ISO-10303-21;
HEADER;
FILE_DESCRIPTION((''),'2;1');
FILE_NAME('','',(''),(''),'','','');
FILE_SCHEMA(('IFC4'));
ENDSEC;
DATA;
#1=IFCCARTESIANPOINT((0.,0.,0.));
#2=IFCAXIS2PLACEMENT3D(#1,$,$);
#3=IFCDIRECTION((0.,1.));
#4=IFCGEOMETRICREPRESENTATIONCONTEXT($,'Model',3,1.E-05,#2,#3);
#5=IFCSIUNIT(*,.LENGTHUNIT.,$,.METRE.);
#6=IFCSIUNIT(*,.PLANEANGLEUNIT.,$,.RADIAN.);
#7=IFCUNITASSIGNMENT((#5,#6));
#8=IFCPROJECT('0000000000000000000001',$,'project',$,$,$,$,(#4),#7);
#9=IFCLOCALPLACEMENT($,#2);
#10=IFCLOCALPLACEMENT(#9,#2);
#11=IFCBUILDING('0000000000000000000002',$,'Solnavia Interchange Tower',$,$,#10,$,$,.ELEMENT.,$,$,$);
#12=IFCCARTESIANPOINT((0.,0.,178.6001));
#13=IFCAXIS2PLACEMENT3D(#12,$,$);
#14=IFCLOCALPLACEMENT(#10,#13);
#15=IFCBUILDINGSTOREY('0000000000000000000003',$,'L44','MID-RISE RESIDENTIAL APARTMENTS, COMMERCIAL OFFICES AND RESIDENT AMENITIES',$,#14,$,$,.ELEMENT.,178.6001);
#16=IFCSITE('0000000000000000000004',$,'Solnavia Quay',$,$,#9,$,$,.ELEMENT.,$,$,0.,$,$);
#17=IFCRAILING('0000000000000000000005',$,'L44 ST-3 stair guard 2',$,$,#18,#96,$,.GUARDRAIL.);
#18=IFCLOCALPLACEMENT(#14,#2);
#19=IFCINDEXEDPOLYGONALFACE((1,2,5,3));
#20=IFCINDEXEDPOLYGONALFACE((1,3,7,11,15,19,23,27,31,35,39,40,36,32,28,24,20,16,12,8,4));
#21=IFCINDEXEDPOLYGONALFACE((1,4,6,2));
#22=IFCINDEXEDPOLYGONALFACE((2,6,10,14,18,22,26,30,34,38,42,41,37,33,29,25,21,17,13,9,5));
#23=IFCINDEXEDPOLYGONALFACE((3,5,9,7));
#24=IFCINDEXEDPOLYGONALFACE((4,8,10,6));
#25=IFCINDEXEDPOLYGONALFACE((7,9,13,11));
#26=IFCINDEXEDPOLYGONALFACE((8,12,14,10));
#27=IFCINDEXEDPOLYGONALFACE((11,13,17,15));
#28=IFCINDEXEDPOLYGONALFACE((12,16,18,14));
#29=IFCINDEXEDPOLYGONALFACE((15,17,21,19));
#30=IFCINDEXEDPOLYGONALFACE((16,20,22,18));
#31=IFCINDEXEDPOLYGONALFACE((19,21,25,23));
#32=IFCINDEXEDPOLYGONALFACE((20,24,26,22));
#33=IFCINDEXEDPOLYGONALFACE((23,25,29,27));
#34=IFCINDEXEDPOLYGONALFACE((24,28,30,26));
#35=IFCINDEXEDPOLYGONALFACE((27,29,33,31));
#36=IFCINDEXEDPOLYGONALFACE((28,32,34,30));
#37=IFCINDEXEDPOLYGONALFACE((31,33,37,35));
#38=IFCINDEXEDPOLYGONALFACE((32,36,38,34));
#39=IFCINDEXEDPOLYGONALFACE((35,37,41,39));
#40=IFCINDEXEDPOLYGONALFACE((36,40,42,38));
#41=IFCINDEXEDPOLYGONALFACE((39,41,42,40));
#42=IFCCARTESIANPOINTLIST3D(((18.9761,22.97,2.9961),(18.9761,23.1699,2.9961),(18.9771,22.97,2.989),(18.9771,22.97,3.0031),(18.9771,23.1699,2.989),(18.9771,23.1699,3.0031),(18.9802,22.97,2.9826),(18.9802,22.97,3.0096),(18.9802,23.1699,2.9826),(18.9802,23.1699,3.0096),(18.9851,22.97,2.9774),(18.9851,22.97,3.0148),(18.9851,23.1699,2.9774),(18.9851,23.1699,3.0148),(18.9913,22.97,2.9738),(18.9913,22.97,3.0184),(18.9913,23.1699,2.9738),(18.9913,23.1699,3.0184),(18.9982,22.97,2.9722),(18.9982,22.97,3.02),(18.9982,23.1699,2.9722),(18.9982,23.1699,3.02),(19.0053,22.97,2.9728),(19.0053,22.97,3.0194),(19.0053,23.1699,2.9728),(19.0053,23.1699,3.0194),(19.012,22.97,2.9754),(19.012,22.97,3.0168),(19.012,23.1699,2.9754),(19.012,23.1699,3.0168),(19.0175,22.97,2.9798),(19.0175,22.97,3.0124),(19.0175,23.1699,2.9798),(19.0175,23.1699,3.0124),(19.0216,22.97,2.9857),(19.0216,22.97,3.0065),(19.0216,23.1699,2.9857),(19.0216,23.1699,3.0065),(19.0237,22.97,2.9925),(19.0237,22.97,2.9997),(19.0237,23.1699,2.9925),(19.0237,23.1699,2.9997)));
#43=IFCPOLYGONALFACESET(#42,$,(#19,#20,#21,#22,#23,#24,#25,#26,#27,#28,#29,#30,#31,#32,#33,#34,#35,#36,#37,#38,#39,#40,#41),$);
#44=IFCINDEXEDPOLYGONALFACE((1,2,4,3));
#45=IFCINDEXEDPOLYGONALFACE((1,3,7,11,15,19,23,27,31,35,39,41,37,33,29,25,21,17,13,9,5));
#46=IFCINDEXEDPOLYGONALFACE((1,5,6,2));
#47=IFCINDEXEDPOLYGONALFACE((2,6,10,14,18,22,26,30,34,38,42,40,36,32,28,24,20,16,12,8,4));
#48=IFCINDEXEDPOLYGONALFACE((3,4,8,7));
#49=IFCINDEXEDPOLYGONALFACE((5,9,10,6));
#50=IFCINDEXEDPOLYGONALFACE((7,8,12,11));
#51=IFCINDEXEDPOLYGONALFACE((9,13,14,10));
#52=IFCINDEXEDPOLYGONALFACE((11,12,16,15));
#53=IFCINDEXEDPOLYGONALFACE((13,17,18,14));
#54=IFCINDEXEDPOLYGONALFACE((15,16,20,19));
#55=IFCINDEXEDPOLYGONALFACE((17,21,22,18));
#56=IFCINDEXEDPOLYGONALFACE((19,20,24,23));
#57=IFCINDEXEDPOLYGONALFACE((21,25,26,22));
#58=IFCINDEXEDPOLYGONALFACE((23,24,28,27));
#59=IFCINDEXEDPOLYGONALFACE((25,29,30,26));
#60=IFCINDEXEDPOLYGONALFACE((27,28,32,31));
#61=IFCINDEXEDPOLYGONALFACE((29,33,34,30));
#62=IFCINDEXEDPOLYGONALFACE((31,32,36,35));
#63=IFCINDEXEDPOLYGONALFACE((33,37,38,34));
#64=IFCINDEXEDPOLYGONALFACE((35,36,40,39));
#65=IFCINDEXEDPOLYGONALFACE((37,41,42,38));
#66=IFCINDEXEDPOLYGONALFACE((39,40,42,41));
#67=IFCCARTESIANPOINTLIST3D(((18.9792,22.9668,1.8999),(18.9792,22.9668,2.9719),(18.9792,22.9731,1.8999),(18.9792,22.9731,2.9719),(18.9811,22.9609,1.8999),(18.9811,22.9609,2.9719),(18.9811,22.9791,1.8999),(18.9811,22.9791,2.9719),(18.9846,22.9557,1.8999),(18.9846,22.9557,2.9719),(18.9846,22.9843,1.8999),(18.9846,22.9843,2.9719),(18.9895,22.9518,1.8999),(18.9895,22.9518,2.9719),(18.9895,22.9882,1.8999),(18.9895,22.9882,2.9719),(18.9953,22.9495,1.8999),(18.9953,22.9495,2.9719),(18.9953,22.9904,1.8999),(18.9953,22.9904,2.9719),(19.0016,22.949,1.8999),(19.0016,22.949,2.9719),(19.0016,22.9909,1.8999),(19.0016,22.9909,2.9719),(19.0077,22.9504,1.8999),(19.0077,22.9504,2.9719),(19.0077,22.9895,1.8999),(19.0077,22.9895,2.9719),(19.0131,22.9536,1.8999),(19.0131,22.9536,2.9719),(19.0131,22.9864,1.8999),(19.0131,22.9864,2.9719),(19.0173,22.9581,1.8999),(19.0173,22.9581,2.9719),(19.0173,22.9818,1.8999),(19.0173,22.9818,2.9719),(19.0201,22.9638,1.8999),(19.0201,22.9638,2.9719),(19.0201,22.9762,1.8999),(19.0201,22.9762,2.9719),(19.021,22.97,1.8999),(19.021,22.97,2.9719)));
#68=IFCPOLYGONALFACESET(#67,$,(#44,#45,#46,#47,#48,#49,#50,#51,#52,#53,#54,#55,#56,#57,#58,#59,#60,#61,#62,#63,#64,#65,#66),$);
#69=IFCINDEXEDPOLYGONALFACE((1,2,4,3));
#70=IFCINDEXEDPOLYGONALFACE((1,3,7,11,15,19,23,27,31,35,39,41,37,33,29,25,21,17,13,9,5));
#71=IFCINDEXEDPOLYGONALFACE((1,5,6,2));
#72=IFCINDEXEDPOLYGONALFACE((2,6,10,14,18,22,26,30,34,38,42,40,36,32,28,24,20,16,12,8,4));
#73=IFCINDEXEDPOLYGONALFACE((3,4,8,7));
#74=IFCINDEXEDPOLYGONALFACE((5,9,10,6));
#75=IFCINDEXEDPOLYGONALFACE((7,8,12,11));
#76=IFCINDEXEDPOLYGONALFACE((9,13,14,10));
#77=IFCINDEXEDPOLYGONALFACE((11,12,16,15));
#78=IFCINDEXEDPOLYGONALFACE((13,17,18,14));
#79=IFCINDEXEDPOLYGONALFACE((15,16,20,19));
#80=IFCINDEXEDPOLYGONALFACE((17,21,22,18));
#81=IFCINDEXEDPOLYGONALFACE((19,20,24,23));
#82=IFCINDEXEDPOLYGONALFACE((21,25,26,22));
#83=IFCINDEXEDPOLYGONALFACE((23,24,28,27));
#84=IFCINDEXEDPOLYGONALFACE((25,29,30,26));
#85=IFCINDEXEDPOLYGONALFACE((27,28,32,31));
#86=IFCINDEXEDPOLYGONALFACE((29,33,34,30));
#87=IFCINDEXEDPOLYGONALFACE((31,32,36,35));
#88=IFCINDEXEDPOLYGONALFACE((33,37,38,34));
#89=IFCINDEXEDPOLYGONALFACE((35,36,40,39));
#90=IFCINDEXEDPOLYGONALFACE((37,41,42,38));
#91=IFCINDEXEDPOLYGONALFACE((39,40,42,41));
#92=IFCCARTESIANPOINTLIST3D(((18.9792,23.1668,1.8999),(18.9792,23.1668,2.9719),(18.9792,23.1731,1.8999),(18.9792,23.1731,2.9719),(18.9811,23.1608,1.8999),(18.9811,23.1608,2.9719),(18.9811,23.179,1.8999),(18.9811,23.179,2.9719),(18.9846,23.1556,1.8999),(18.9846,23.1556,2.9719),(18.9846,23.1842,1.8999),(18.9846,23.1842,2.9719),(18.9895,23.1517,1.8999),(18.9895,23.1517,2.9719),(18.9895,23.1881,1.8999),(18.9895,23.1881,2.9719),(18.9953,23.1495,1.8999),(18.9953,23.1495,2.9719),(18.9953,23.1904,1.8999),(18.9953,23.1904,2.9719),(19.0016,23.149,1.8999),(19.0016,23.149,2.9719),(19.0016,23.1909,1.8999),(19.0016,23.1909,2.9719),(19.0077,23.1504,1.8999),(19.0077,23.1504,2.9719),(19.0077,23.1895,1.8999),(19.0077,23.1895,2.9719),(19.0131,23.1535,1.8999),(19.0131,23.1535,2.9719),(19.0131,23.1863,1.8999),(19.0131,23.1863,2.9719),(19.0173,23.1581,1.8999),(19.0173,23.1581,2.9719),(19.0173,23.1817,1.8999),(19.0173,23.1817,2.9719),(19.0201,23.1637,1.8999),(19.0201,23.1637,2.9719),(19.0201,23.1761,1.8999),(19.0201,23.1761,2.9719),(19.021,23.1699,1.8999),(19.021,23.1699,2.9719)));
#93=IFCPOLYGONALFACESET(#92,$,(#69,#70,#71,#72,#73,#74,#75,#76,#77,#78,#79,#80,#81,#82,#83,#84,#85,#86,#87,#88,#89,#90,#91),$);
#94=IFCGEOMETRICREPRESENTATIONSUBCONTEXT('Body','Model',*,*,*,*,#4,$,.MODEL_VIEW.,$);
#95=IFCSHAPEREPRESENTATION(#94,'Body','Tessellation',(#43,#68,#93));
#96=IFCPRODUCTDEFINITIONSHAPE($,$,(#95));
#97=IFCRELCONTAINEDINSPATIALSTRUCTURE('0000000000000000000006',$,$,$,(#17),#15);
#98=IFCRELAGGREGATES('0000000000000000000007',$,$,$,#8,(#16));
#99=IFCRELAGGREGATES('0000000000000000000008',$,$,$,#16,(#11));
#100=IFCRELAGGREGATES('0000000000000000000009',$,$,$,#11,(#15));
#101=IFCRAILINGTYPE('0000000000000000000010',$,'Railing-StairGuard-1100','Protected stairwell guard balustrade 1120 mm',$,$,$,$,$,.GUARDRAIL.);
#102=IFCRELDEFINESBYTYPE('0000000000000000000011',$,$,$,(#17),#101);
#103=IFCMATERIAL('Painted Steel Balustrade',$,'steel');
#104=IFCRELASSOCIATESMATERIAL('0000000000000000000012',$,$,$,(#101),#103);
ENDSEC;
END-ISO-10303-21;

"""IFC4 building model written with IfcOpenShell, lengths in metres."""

from ifc_helpers import new_model, si_unit, direction, frame, origin, origin_2d, place, context, subcontext, project, spatial, circle, extrude, material, type_object, element, save


model = new_model("IFC4")

# Units and contexts
model_context = context("Model", 3, precision=1e-05, world=origin(), true_north=direction((0.0, 1.0)))
body_context = subcontext(model_context, "Body", "Model", "MODEL_VIEW")
ifc_project = project(units=[si_unit("LENGTHUNIT", "METRE"), si_unit("PLANEANGLEUNIT", "RADIAN")], contexts=[model_context])

# Site, building, storey
site_placement = place(None, origin())
site = spatial("IfcSite", under=ifc_project, at=site_placement, Name="Solnavia Quay", CompositionType="ELEMENT", RefElevation=0.0)
building_placement = place(site_placement, origin())
building = spatial("IfcBuilding", under=site, at=building_placement, Name="Solnavia Interchange Tower", CompositionType="ELEMENT")
storey_placement = place(building_placement, frame((0.0, 0.0, 178.6001)))
storey = spatial("IfcBuildingStorey", under=building, at=storey_placement, Name="L44", Description="MID-RISE RESIDENTIAL APARTMENTS, COMMERCIAL OFFICES AND RESIDENT AMENITIES", CompositionType="ELEMENT", Elevation=178.6001)

# Railing
ifc_material_1 = material(Name="Painted Steel Balustrade", Category="steel")
railing_type_1 = type_object("IfcRailingType", Name="Railing-StairGuard-1100", Description="Protected stairwell guard balustrade 1120 mm", PredefinedType="GUARDRAIL", material=ifc_material_1)
railing_1_placement = place(storey_placement, frame((19.0, 22.97, 1.8999)))
element("IfcRailing", 1, at=railing_1_placement, inside=storey, type_object=railing_type_1, Name="L44 ST-3 stair guard 2", PredefinedType="GUARDRAIL", context=body_context, shape_type="SweptSolid", body=[
    extrude(circle(Radius=0.0239, at=origin_2d()), frame((0.0, 0.0, 1.0962), z_axis=(0.0, 1.0, 0.0), x_axis=(-1.0, 0.0, 0.0)), (0.0, 0.0, 1.0), 0.2),
    extrude(circle(Radius=0.021, at=origin_2d()), origin(), (0.0, 0.0, 1.0), 1.072),
    extrude(circle(Radius=0.021, at=origin_2d()), frame((0.0, 0.2, 0.0)), (0.0, 0.0, 1.0), 1.072),
])

save(model, "model.ifc")
